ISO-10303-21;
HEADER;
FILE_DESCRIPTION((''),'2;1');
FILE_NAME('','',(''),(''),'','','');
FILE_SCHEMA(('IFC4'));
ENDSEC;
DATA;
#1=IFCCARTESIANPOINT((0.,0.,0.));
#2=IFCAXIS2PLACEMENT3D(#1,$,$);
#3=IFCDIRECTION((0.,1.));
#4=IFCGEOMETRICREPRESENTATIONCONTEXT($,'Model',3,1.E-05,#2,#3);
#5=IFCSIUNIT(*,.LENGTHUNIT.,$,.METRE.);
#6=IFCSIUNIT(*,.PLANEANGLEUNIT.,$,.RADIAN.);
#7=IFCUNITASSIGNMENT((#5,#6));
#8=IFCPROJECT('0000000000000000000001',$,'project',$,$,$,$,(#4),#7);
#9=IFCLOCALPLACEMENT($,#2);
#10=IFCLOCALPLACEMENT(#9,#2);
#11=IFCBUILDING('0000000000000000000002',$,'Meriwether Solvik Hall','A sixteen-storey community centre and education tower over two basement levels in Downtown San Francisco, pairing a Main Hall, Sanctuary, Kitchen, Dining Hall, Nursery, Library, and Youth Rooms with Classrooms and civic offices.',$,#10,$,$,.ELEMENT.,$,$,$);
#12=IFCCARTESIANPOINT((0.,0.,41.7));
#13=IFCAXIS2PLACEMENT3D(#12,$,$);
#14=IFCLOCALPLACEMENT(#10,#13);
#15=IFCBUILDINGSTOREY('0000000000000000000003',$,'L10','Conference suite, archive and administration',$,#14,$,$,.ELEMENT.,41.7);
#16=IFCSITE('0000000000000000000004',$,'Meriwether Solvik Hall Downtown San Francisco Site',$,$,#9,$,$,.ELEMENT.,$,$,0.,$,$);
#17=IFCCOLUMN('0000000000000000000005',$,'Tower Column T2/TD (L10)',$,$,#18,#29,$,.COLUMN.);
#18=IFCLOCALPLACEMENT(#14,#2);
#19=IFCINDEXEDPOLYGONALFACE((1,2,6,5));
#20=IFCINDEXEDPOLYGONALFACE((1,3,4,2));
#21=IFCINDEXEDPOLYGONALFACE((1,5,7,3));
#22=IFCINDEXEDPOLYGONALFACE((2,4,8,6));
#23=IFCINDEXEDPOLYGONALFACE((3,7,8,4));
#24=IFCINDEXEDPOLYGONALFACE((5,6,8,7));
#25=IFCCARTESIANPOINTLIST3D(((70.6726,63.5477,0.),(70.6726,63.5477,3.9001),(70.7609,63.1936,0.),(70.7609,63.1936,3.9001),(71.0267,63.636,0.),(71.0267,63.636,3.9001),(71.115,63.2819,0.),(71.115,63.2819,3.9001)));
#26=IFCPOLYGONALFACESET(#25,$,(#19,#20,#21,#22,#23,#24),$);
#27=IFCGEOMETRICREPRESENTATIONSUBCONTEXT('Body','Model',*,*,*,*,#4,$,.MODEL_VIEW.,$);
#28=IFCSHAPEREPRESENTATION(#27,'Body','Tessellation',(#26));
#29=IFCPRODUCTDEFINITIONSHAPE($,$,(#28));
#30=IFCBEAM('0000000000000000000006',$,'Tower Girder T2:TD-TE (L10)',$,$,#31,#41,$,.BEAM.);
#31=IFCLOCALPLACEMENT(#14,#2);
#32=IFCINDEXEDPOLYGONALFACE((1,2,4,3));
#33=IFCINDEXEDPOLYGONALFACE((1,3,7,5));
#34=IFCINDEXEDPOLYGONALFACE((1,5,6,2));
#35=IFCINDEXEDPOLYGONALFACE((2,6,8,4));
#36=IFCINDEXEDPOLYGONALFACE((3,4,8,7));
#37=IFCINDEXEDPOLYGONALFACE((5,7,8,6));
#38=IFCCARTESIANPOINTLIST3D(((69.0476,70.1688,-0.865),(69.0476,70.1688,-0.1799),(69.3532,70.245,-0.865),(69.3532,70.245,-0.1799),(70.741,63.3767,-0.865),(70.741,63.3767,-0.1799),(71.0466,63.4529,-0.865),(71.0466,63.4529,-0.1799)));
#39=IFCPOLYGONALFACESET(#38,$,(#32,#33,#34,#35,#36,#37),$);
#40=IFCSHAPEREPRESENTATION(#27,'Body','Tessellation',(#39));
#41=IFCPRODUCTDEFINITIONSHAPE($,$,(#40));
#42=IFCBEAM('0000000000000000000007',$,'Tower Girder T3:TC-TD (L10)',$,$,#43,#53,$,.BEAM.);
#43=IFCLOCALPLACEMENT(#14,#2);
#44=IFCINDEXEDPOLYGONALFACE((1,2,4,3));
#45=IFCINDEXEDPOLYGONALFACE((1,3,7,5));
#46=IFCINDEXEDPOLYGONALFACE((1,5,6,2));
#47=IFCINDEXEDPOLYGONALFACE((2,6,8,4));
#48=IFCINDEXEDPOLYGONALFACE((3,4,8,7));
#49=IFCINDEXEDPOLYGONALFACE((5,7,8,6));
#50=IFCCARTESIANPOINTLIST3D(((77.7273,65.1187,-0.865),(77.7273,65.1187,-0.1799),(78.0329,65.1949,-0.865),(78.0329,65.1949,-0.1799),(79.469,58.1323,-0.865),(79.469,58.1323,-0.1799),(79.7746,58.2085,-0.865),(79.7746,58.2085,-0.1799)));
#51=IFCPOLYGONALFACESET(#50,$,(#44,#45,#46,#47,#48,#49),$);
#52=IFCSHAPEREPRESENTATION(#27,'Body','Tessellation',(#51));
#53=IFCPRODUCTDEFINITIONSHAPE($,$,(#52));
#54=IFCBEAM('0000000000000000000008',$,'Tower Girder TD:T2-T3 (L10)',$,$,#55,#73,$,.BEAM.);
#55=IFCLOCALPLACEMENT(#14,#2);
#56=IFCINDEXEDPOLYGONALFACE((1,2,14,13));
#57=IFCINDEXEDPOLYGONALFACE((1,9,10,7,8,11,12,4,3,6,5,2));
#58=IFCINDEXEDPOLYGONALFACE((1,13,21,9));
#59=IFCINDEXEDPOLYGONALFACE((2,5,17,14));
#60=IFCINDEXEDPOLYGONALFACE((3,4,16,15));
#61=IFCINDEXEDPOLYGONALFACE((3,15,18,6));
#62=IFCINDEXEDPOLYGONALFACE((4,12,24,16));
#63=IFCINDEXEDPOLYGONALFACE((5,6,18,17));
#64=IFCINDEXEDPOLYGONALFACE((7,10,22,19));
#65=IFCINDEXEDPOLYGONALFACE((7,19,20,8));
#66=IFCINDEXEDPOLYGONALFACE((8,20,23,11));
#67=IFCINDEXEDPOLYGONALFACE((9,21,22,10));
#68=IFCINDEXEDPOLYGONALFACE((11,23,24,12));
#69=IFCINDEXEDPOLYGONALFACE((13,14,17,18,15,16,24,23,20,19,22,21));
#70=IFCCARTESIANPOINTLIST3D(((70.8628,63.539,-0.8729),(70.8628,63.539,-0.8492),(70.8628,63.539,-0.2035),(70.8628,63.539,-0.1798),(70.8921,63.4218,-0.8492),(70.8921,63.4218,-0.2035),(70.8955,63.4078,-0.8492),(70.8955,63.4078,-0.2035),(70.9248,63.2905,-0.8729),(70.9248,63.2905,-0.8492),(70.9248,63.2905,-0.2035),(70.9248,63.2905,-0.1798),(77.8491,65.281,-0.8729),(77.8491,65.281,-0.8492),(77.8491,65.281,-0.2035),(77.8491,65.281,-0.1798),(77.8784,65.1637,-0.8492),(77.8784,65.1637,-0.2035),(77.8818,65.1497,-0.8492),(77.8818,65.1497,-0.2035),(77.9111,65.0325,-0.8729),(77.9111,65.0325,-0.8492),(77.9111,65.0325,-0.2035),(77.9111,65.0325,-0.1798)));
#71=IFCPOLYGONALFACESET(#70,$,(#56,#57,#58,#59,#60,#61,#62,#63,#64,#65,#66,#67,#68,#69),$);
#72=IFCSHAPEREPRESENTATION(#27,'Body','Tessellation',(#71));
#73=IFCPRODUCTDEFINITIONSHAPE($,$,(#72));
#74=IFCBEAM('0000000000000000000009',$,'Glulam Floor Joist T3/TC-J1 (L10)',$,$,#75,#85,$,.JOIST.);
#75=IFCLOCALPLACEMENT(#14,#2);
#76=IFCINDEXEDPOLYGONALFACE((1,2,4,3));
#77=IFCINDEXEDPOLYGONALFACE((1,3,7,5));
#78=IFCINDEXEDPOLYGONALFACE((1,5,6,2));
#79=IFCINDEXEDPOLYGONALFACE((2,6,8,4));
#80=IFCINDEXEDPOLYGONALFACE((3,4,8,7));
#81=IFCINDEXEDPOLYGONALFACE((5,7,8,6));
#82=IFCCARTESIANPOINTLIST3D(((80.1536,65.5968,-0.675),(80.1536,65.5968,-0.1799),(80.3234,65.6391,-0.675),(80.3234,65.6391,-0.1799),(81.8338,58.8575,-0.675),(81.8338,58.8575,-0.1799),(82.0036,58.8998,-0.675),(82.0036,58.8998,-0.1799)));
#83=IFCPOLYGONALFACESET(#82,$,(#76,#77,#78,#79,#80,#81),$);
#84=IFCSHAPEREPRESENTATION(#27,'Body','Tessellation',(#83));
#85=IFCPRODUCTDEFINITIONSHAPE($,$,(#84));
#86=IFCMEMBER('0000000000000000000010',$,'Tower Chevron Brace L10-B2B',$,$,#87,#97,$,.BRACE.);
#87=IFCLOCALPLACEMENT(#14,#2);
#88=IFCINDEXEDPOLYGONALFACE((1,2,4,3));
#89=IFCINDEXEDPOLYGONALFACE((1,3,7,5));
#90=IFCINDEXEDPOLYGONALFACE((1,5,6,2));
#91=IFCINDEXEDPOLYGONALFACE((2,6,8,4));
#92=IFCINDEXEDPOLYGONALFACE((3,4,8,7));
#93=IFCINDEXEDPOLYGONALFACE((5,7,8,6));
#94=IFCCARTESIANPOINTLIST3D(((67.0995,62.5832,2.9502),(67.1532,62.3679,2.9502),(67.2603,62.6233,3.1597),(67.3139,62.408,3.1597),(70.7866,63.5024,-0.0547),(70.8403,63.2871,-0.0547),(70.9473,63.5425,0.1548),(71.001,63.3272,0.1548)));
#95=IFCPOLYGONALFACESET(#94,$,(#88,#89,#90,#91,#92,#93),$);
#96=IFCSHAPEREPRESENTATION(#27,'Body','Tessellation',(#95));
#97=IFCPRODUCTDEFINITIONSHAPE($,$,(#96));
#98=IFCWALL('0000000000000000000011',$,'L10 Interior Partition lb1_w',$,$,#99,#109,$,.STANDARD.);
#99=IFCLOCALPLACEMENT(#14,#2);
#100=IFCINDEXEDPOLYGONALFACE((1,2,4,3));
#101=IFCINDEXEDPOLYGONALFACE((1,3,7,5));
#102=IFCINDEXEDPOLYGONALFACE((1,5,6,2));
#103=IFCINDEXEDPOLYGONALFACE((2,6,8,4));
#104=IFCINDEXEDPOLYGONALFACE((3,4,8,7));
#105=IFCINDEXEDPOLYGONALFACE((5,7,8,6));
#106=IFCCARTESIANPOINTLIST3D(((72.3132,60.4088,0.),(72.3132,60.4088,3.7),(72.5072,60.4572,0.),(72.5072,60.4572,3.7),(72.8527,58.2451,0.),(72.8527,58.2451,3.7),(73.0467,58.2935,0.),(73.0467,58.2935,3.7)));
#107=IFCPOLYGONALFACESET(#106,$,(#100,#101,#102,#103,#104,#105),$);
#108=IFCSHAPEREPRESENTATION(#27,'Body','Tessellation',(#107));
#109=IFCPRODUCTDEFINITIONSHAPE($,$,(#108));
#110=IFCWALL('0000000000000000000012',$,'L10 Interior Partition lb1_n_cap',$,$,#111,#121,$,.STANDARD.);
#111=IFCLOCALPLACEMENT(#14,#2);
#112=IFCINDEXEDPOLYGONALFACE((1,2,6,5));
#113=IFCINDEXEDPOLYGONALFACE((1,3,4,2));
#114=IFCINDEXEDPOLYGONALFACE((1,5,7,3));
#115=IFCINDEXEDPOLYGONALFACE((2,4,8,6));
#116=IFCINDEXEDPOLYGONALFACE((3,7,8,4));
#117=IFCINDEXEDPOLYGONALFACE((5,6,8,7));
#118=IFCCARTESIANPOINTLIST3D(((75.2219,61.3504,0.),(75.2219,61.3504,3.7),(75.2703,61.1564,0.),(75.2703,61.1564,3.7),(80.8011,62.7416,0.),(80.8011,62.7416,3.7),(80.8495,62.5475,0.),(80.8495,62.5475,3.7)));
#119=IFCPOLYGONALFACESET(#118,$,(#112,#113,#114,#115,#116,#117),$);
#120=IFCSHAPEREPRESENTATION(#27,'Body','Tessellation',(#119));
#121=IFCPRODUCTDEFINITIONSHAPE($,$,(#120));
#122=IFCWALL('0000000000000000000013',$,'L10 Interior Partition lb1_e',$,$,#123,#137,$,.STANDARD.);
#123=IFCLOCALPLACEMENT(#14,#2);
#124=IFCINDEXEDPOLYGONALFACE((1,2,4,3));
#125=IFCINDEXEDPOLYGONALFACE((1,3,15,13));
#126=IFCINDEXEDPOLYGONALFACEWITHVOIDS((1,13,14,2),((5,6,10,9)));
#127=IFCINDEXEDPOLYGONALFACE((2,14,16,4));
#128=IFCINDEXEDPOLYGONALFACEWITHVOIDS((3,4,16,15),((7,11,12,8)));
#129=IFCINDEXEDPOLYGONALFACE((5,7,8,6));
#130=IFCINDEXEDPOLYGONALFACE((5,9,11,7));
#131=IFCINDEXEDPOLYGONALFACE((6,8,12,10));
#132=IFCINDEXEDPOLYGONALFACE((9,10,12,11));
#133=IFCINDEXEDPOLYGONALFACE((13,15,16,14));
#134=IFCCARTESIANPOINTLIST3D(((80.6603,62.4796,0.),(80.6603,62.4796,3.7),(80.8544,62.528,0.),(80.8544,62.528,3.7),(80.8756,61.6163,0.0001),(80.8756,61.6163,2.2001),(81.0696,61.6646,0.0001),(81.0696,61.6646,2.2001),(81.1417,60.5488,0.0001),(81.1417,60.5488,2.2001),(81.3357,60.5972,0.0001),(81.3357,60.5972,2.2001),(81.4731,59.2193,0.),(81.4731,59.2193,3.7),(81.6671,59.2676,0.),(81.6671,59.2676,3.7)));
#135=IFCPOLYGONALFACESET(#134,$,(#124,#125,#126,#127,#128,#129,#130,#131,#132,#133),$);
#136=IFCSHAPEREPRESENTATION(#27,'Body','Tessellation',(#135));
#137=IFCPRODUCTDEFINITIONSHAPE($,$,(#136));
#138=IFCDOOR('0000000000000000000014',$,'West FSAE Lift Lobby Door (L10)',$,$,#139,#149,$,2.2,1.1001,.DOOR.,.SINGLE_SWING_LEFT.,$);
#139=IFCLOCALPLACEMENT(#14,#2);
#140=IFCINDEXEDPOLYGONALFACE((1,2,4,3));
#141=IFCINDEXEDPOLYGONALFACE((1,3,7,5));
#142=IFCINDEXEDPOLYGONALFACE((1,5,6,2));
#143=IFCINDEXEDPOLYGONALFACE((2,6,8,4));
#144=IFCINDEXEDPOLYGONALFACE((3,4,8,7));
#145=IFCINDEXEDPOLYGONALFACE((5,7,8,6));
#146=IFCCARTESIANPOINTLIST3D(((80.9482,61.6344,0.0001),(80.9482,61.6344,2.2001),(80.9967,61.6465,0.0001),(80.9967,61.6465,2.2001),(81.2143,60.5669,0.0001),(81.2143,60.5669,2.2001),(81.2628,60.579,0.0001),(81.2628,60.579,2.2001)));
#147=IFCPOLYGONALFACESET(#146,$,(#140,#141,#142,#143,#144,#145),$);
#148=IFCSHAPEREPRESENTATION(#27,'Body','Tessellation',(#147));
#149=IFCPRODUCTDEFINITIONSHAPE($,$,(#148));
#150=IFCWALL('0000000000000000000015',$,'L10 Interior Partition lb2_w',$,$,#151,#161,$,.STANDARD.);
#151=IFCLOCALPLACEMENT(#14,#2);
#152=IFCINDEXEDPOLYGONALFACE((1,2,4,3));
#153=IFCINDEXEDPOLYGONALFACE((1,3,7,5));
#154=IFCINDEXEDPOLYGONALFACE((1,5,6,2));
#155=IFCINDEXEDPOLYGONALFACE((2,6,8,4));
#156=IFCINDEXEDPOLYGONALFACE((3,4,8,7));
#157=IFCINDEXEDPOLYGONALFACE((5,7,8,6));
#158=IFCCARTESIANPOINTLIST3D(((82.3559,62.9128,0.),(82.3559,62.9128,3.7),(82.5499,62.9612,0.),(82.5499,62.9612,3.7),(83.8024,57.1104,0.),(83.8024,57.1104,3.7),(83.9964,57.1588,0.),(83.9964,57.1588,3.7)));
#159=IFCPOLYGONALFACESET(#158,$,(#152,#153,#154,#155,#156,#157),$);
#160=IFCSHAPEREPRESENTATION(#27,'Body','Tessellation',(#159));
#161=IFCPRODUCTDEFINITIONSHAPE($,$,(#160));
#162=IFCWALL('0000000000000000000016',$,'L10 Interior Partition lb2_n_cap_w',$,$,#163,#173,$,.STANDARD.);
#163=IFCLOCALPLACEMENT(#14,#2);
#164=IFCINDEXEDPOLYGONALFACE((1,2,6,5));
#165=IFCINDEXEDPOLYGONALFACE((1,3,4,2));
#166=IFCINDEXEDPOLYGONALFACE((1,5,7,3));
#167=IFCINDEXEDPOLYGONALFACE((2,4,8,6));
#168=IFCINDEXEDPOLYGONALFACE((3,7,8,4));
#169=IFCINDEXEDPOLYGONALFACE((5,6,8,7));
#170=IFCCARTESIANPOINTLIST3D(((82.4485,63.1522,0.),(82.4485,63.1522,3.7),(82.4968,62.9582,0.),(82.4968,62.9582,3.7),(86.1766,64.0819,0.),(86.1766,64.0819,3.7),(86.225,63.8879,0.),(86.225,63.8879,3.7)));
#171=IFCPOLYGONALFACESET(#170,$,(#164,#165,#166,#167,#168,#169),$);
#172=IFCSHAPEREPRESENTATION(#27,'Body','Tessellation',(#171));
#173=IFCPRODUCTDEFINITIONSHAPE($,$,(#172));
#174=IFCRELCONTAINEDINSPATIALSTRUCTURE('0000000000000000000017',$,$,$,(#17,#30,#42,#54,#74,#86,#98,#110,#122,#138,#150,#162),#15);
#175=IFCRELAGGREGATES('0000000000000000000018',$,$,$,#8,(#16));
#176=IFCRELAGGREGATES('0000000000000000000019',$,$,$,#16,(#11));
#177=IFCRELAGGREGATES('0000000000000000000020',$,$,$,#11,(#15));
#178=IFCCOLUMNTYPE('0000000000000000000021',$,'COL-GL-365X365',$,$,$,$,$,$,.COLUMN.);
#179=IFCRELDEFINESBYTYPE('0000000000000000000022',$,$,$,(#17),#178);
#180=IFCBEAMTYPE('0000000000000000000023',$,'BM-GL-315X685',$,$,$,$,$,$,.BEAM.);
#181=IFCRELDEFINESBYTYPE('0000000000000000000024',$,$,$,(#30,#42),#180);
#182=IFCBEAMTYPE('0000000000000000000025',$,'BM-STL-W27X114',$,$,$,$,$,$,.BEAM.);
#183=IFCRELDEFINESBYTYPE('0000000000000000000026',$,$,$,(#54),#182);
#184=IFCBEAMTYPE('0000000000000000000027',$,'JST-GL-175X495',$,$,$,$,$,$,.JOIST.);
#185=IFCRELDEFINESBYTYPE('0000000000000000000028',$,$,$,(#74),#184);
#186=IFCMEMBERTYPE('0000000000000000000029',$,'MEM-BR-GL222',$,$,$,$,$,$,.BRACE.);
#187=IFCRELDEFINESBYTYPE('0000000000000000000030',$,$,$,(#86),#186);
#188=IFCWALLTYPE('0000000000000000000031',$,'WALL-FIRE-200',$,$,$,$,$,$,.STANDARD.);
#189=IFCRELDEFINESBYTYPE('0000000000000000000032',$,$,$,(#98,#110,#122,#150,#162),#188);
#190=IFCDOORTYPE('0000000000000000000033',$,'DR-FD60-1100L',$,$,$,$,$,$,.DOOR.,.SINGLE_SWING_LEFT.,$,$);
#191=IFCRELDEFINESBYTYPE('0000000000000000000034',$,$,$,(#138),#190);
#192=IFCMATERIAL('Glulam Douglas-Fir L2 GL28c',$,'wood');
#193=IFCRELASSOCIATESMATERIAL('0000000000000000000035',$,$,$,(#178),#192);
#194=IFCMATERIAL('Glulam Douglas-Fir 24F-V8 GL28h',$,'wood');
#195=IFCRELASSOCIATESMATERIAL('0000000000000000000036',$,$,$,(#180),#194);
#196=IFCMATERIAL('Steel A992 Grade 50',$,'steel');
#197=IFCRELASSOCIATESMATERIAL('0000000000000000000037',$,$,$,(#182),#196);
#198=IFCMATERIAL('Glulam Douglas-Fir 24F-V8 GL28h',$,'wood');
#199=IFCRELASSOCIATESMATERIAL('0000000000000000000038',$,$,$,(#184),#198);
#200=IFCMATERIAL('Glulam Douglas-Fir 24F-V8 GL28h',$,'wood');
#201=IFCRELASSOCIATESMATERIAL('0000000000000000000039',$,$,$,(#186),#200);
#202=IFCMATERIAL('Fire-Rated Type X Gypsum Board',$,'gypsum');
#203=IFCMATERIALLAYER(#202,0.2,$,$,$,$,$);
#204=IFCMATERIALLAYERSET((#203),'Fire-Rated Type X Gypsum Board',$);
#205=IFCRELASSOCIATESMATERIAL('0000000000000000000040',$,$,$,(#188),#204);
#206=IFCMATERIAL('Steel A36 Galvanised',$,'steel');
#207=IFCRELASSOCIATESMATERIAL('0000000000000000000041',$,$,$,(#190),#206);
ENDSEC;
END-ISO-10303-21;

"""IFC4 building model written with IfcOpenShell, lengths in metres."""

from ifc_helpers import new_model, si_unit, direction, frame, frame_2d, origin, origin_2d, place, context, subcontext, project, spatial, rectangle, i_section, extrude, material, layer, layer_set, material_profile, profile_set, type_object, element, fill, save


model = new_model("IFC4")

# Units and contexts
model_context = context("Model", 3, precision=1e-05, world=origin(), true_north=direction((0.0, 1.0)))
body_context = subcontext(model_context, "Body", "Model", "MODEL_VIEW")
ifc_project = project(units=[si_unit("LENGTHUNIT", "METRE"), si_unit("PLANEANGLEUNIT", "RADIAN")], contexts=[model_context])

# Site, building, storey
site_placement = place(None, origin())
site = spatial("IfcSite", under=ifc_project, at=site_placement, Name="Meriwether Solvik Hall Downtown San Francisco Site", CompositionType="ELEMENT", RefElevation=0.0)
building_placement = place(site_placement, origin())
building = spatial("IfcBuilding", under=site, at=building_placement, Name="Meriwether Solvik Hall", Description="A sixteen-storey community centre and education tower over two basement levels in Downtown San Francisco, pairing a Main Hall, Sanctuary, Kitchen, Dining Hall, Nursery, Library, and Youth Rooms with Classrooms and civic offices.", CompositionType="ELEMENT")
storey_placement = place(building_placement, frame((0.0, 0.0, 41.7)))
storey = spatial("IfcBuildingStorey", under=building, at=storey_placement, Name="L10", Description="Conference suite, archive and administration", CompositionType="ELEMENT", Elevation=41.7)

# Column
ifc_material_1 = material(Name="Glulam Douglas-Fir L2 GL28c", Category="wood")
ifc_material_profile_1 = material_profile(ifc_material_1, rectangle(XDim=0.365, YDim=0.365, at=origin_2d()), Name="GLC-365X365")
ifc_profile_set_1 = profile_set([ifc_material_profile_1], Name="Glulam Douglas-Fir L2 GL28c")
column_type = type_object("IfcColumnType", Name="COL-GL-365X365", PredefinedType="COLUMN", material=ifc_profile_set_1)
column_placement = place(storey_placement, frame((70.8938, 63.4148, 0.0), z_axis=(0.0, 0.0, 1.0), x_axis=(0.970296, 0.241922, 0.0)))
element("IfcColumn", 1, at=column_placement, inside=storey, type_object=column_type, Name="Tower Column T2/TD (L10)", PredefinedType="COLUMN", context=body_context, shape_type="SweptSolid", body=[
    extrude(rectangle(XDim=0.365, YDim=0.365, at=origin_2d()), origin(), (0.0, 0.0, 1.0), 3.9001),
])

# Beams
ifc_material_2 = material(Name="Glulam Douglas-Fir 24F-V8 GL28h", Category="wood")
ifc_material_profile_2 = material_profile(ifc_material_2, rectangle(XDim=0.3149, YDim=0.6851, at=origin_2d()), Name="GLB-315X685")
ifc_profile_set_2 = profile_set([ifc_material_profile_2], Name="Glulam Douglas-Fir 24F-V8 GL28h")
beam_type_1 = type_object("IfcBeamType", Name="BM-GL-315X685", PredefinedType="BEAM", material=ifc_profile_set_2)
beam_1_placement = place(storey_placement, frame((70.8938, 63.4148, -0.5225), z_axis=(-0.241912, 0.970298, 0.0), x_axis=(-0.970298, -0.241912, 0.0)))
element("IfcBeam", 2, at=beam_1_placement, inside=storey, type_object=beam_type_1, Name="Tower Girder T2:TD-TE (L10)", PredefinedType="BEAM", context=body_context, shape_type="SweptSolid", body=[
    extrude(rectangle(XDim=0.3149, YDim=0.6851, at=origin_2d()), origin(), (0.0, 0.0, 1.0), 7.0),
])
beam_2_placement = place(storey_placement, frame((79.6218, 58.1704, -0.5225), z_axis=(-0.241897, 0.970302, 0.0), x_axis=(-0.970302, -0.241897, 0.0)))
element("IfcBeam", 3, at=beam_2_placement, inside=storey, type_object=beam_type_1, Name="Tower Girder T3:TC-TD (L10)", PredefinedType="BEAM", context=body_context, shape_type="SweptSolid", body=[
    extrude(rectangle(XDim=0.3149, YDim=0.6851, at=origin_2d()), origin(), (0.0, 0.0, 1.0), 7.2002),
])
ifc_material_3 = material(Name="Steel A992 Grade 50", Category="steel")
ifc_material_profile_3 = material_profile(ifc_material_3, i_section(OverallWidth=0.2561, OverallDepth=0.6931, WebThickness=0.0144, FlangeThickness=0.0237, at=origin_2d()), Name="W27X114")
ifc_profile_set_3 = profile_set([ifc_material_profile_3], Name="Steel A992 Grade 50")
beam_type_2 = type_object("IfcBeamType", Name="BM-STL-W27X114", PredefinedType="BEAM", material=ifc_profile_set_3)
beam_3_placement = place(storey_placement, frame((70.8938, 63.4148, -0.5264), z_axis=(0.970294, 0.241929, 0.0), x_axis=(-0.241929, 0.970294, 0.0)))
element("IfcBeam", 4, at=beam_3_placement, inside=storey, type_object=beam_type_2, Name="Tower Girder TD:T2-T3 (L10)", PredefinedType="BEAM", context=body_context, shape_type="SweptSolid", body=[
    extrude(i_section(OverallWidth=0.2561, OverallDepth=0.6931, WebThickness=0.0144, FlangeThickness=0.0237, at=origin_2d()), origin(), (0.0, 0.0, 1.0), 7.2002),
])
ifc_material_4 = material(Name="Glulam Douglas-Fir 24F-V8 GL28h", Category="wood")
ifc_material_profile_4 = material_profile(ifc_material_4, rectangle(XDim=0.175, YDim=0.4951, at=origin_2d()), Name="GLJ-175X495")
ifc_profile_set_4 = profile_set([ifc_material_profile_4], Name="Glulam Douglas-Fir 24F-V8 GL28h")
beam_type_3 = type_object("IfcBeamType", Name="JST-GL-175X495", PredefinedType="JOIST", material=ifc_profile_set_4)
beam_4_placement = place(storey_placement, frame((81.9187, 58.8787, -0.4275), z_axis=(-0.241907, 0.970299, 0.0), x_axis=(-0.970299, -0.241907, 0.0)))
element("IfcBeam", 5, at=beam_4_placement, inside=storey, type_object=beam_type_3, Name="Glulam Floor Joist T3/TC-J1 (L10)", PredefinedType="JOIST", context=body_context, shape_type="SweptSolid", body=[
    extrude(rectangle(XDim=0.175, YDim=0.4951, at=origin_2d()), origin(), (0.0, 0.0, 1.0), 6.9456),
])

# Member
ifc_material_5 = material(Name="Glulam Douglas-Fir 24F-V8 GL28h", Category="wood")
ifc_material_profile_5 = material_profile(ifc_material_5, rectangle(XDim=0.2219, YDim=0.2671, at=origin_2d()), Name="GLM-222X267")
ifc_profile_set_5 = profile_set([ifc_material_profile_5], Name="Glulam Douglas-Fir 24F-V8 GL28h")
member_type = type_object("IfcMemberType", Name="MEM-BR-GL222", PredefinedType="BRACE", material=ifc_profile_set_5)
member_placement = place(storey_placement, frame((70.8938, 63.4148, 0.05), z_axis=(-0.761086, -0.189742, 0.620279), x_axis=(0.241901, -0.970301, 0.0)))
element("IfcMember", 6, at=member_placement, inside=storey, type_object=member_type, Name="Tower Chevron Brace L10-B2B", PredefinedType="BRACE", context=body_context, shape_type="SweptSolid", body=[
    extrude(rectangle(XDim=0.2219, YDim=0.2671, at=origin_2d()), origin(), (0.0, 0.0, 1.0), 4.8445),
])

# Walls
ifc_material_6 = material(Name="Fire-Rated Type X Gypsum Board", Category="gypsum")
ifc_layer_1 = layer(ifc_material_6, 0.2)
ifc_layer_set_1 = layer_set([ifc_layer_1], Name="Fire-Rated Type X Gypsum Board")
wall_type_1 = type_object("IfcWallType", Name="WALL-FIRE-200", PredefinedType="STANDARD", material=ifc_layer_set_1)
wall_1_placement = place(storey_placement, frame((72.9497, 58.2693, 0.0), z_axis=(0.0, 0.0, 1.0), x_axis=(-0.241943, 0.97029, 0.0)))
element("IfcWall", 7, at=wall_1_placement, inside=storey, type_object=wall_type_1, Name="L10 Interior Partition lb1_w", PredefinedType="STANDARD", context=body_context, shape_type="SweptSolid", body=[
    extrude(rectangle(XDim=2.23, YDim=0.2, at=frame_2d((1.115, 0.0))), origin(), (0.0, 0.0, 1.0), 3.7),
])
wall_2_placement = place(storey_placement, frame((75.2461, 61.2534, 0.0), z_axis=(0.0, 0.0, 1.0), x_axis=(0.970292, 0.241936, 0.0)))
element("IfcWall", 8, at=wall_2_placement, inside=storey, type_object=wall_type_1, Name="L10 Interior Partition lb1_n_cap", PredefinedType="STANDARD", context=body_context, shape_type="SweptSolid", body=[
    extrude(rectangle(XDim=5.75, YDim=0.2, at=frame_2d((2.875, 0.0))), origin(), (0.0, 0.0, 1.0), 3.7),
])

# Wall, opening, door
wall_3_placement = place(storey_placement, frame((80.7573, 62.5039, 0.0), z_axis=(0.0, 0.0, 1.0), x_axis=(0.241886, -0.970305, 0.0)))
wall_3 = element("IfcWall", 9, at=wall_3_placement, inside=storey, type_object=wall_type_1, Name="L10 Interior Partition lb1_e", PredefinedType="STANDARD", context=body_context, shape_type="SweptSolid", body=[
    extrude(rectangle(XDim=3.3601, YDim=0.2, at=frame_2d((1.6802, 0.0))), origin(), (0.0, 0.0, 1.0), 3.7),
])
opening_1_placement = place(wall_3_placement, frame((0.8899, 0.0, 0.0)))
opening_1 = element("IfcOpeningElement", 10, at=opening_1_placement, cuts=wall_3, PredefinedType="OPENING", context=body_context, shape_type="SweptSolid", body=[
    extrude(rectangle(XDim=1.1001, YDim=2.2, at=frame_2d((0.55, 1.1001))), frame((0.0, 0.1118, 0.0), z_axis=(0.0, -1.0, 0.0), x_axis=(1.0, 0.0, 0.0)), (0.0, 0.0, 1.0), 0.2239),
])
ifc_material_7 = material(Name="Steel A36 Galvanised", Category="steel")
door_type_1 = type_object("IfcDoorType", Name="DR-FD60-1100L", OperationType="SINGLE_SWING_LEFT", PredefinedType="DOOR", material=ifc_material_7)
door_1_placement = place(opening_1_placement, origin())
door_1 = element("IfcDoor", 11, at=door_1_placement, inside=storey, type_object=door_type_1, Name="West FSAE Lift Lobby Door (L10)", OperationType="SINGLE_SWING_LEFT", OverallHeight=2.2, OverallWidth=1.1001, PredefinedType="DOOR", context=body_context, shape_type="SweptSolid", body=[
    extrude(rectangle(XDim=1.1001, YDim=2.2, at=frame_2d((0.55, 1.1001))), frame((0.0, 0.0249, 0.0), z_axis=(0.0, -1.0, 0.0), x_axis=(1.0, 0.0, 0.0)), (0.0, 0.0, 1.0), 0.05),
])
fill(opening_1, door_1)

# Walls
wall_4_placement = place(storey_placement, frame((82.4529, 62.937, 0.0), z_axis=(0.0, 0.0, 1.0), x_axis=(0.241892, -0.970303, 0.0)))
element("IfcWall", 12, at=wall_4_placement, inside=storey, type_object=wall_type_1, Name="L10 Interior Partition lb2_w", PredefinedType="STANDARD", context=body_context, shape_type="SweptSolid", body=[
    extrude(rectangle(XDim=5.98, YDim=0.2, at=frame_2d((2.99, 0.0))), origin(), (0.0, 0.0, 1.0), 3.7),
])
wall_5_placement = place(storey_placement, frame((82.4727, 63.0552, 0.0), z_axis=(0.0, 0.0, 1.0), x_axis=(0.970284, 0.241967, 0.0)))
element("IfcWall", 13, at=wall_5_placement, inside=storey, type_object=wall_type_1, Name="L10 Interior Partition lb2_n_cap_w", PredefinedType="STANDARD", context=body_context, shape_type="SweptSolid", body=[
    extrude(rectangle(XDim=3.8423, YDim=0.2, at=frame_2d((1.9211, 0.0))), origin(), (0.0, 0.0, 1.0), 3.7),
])

save(model, "model.ifc")
